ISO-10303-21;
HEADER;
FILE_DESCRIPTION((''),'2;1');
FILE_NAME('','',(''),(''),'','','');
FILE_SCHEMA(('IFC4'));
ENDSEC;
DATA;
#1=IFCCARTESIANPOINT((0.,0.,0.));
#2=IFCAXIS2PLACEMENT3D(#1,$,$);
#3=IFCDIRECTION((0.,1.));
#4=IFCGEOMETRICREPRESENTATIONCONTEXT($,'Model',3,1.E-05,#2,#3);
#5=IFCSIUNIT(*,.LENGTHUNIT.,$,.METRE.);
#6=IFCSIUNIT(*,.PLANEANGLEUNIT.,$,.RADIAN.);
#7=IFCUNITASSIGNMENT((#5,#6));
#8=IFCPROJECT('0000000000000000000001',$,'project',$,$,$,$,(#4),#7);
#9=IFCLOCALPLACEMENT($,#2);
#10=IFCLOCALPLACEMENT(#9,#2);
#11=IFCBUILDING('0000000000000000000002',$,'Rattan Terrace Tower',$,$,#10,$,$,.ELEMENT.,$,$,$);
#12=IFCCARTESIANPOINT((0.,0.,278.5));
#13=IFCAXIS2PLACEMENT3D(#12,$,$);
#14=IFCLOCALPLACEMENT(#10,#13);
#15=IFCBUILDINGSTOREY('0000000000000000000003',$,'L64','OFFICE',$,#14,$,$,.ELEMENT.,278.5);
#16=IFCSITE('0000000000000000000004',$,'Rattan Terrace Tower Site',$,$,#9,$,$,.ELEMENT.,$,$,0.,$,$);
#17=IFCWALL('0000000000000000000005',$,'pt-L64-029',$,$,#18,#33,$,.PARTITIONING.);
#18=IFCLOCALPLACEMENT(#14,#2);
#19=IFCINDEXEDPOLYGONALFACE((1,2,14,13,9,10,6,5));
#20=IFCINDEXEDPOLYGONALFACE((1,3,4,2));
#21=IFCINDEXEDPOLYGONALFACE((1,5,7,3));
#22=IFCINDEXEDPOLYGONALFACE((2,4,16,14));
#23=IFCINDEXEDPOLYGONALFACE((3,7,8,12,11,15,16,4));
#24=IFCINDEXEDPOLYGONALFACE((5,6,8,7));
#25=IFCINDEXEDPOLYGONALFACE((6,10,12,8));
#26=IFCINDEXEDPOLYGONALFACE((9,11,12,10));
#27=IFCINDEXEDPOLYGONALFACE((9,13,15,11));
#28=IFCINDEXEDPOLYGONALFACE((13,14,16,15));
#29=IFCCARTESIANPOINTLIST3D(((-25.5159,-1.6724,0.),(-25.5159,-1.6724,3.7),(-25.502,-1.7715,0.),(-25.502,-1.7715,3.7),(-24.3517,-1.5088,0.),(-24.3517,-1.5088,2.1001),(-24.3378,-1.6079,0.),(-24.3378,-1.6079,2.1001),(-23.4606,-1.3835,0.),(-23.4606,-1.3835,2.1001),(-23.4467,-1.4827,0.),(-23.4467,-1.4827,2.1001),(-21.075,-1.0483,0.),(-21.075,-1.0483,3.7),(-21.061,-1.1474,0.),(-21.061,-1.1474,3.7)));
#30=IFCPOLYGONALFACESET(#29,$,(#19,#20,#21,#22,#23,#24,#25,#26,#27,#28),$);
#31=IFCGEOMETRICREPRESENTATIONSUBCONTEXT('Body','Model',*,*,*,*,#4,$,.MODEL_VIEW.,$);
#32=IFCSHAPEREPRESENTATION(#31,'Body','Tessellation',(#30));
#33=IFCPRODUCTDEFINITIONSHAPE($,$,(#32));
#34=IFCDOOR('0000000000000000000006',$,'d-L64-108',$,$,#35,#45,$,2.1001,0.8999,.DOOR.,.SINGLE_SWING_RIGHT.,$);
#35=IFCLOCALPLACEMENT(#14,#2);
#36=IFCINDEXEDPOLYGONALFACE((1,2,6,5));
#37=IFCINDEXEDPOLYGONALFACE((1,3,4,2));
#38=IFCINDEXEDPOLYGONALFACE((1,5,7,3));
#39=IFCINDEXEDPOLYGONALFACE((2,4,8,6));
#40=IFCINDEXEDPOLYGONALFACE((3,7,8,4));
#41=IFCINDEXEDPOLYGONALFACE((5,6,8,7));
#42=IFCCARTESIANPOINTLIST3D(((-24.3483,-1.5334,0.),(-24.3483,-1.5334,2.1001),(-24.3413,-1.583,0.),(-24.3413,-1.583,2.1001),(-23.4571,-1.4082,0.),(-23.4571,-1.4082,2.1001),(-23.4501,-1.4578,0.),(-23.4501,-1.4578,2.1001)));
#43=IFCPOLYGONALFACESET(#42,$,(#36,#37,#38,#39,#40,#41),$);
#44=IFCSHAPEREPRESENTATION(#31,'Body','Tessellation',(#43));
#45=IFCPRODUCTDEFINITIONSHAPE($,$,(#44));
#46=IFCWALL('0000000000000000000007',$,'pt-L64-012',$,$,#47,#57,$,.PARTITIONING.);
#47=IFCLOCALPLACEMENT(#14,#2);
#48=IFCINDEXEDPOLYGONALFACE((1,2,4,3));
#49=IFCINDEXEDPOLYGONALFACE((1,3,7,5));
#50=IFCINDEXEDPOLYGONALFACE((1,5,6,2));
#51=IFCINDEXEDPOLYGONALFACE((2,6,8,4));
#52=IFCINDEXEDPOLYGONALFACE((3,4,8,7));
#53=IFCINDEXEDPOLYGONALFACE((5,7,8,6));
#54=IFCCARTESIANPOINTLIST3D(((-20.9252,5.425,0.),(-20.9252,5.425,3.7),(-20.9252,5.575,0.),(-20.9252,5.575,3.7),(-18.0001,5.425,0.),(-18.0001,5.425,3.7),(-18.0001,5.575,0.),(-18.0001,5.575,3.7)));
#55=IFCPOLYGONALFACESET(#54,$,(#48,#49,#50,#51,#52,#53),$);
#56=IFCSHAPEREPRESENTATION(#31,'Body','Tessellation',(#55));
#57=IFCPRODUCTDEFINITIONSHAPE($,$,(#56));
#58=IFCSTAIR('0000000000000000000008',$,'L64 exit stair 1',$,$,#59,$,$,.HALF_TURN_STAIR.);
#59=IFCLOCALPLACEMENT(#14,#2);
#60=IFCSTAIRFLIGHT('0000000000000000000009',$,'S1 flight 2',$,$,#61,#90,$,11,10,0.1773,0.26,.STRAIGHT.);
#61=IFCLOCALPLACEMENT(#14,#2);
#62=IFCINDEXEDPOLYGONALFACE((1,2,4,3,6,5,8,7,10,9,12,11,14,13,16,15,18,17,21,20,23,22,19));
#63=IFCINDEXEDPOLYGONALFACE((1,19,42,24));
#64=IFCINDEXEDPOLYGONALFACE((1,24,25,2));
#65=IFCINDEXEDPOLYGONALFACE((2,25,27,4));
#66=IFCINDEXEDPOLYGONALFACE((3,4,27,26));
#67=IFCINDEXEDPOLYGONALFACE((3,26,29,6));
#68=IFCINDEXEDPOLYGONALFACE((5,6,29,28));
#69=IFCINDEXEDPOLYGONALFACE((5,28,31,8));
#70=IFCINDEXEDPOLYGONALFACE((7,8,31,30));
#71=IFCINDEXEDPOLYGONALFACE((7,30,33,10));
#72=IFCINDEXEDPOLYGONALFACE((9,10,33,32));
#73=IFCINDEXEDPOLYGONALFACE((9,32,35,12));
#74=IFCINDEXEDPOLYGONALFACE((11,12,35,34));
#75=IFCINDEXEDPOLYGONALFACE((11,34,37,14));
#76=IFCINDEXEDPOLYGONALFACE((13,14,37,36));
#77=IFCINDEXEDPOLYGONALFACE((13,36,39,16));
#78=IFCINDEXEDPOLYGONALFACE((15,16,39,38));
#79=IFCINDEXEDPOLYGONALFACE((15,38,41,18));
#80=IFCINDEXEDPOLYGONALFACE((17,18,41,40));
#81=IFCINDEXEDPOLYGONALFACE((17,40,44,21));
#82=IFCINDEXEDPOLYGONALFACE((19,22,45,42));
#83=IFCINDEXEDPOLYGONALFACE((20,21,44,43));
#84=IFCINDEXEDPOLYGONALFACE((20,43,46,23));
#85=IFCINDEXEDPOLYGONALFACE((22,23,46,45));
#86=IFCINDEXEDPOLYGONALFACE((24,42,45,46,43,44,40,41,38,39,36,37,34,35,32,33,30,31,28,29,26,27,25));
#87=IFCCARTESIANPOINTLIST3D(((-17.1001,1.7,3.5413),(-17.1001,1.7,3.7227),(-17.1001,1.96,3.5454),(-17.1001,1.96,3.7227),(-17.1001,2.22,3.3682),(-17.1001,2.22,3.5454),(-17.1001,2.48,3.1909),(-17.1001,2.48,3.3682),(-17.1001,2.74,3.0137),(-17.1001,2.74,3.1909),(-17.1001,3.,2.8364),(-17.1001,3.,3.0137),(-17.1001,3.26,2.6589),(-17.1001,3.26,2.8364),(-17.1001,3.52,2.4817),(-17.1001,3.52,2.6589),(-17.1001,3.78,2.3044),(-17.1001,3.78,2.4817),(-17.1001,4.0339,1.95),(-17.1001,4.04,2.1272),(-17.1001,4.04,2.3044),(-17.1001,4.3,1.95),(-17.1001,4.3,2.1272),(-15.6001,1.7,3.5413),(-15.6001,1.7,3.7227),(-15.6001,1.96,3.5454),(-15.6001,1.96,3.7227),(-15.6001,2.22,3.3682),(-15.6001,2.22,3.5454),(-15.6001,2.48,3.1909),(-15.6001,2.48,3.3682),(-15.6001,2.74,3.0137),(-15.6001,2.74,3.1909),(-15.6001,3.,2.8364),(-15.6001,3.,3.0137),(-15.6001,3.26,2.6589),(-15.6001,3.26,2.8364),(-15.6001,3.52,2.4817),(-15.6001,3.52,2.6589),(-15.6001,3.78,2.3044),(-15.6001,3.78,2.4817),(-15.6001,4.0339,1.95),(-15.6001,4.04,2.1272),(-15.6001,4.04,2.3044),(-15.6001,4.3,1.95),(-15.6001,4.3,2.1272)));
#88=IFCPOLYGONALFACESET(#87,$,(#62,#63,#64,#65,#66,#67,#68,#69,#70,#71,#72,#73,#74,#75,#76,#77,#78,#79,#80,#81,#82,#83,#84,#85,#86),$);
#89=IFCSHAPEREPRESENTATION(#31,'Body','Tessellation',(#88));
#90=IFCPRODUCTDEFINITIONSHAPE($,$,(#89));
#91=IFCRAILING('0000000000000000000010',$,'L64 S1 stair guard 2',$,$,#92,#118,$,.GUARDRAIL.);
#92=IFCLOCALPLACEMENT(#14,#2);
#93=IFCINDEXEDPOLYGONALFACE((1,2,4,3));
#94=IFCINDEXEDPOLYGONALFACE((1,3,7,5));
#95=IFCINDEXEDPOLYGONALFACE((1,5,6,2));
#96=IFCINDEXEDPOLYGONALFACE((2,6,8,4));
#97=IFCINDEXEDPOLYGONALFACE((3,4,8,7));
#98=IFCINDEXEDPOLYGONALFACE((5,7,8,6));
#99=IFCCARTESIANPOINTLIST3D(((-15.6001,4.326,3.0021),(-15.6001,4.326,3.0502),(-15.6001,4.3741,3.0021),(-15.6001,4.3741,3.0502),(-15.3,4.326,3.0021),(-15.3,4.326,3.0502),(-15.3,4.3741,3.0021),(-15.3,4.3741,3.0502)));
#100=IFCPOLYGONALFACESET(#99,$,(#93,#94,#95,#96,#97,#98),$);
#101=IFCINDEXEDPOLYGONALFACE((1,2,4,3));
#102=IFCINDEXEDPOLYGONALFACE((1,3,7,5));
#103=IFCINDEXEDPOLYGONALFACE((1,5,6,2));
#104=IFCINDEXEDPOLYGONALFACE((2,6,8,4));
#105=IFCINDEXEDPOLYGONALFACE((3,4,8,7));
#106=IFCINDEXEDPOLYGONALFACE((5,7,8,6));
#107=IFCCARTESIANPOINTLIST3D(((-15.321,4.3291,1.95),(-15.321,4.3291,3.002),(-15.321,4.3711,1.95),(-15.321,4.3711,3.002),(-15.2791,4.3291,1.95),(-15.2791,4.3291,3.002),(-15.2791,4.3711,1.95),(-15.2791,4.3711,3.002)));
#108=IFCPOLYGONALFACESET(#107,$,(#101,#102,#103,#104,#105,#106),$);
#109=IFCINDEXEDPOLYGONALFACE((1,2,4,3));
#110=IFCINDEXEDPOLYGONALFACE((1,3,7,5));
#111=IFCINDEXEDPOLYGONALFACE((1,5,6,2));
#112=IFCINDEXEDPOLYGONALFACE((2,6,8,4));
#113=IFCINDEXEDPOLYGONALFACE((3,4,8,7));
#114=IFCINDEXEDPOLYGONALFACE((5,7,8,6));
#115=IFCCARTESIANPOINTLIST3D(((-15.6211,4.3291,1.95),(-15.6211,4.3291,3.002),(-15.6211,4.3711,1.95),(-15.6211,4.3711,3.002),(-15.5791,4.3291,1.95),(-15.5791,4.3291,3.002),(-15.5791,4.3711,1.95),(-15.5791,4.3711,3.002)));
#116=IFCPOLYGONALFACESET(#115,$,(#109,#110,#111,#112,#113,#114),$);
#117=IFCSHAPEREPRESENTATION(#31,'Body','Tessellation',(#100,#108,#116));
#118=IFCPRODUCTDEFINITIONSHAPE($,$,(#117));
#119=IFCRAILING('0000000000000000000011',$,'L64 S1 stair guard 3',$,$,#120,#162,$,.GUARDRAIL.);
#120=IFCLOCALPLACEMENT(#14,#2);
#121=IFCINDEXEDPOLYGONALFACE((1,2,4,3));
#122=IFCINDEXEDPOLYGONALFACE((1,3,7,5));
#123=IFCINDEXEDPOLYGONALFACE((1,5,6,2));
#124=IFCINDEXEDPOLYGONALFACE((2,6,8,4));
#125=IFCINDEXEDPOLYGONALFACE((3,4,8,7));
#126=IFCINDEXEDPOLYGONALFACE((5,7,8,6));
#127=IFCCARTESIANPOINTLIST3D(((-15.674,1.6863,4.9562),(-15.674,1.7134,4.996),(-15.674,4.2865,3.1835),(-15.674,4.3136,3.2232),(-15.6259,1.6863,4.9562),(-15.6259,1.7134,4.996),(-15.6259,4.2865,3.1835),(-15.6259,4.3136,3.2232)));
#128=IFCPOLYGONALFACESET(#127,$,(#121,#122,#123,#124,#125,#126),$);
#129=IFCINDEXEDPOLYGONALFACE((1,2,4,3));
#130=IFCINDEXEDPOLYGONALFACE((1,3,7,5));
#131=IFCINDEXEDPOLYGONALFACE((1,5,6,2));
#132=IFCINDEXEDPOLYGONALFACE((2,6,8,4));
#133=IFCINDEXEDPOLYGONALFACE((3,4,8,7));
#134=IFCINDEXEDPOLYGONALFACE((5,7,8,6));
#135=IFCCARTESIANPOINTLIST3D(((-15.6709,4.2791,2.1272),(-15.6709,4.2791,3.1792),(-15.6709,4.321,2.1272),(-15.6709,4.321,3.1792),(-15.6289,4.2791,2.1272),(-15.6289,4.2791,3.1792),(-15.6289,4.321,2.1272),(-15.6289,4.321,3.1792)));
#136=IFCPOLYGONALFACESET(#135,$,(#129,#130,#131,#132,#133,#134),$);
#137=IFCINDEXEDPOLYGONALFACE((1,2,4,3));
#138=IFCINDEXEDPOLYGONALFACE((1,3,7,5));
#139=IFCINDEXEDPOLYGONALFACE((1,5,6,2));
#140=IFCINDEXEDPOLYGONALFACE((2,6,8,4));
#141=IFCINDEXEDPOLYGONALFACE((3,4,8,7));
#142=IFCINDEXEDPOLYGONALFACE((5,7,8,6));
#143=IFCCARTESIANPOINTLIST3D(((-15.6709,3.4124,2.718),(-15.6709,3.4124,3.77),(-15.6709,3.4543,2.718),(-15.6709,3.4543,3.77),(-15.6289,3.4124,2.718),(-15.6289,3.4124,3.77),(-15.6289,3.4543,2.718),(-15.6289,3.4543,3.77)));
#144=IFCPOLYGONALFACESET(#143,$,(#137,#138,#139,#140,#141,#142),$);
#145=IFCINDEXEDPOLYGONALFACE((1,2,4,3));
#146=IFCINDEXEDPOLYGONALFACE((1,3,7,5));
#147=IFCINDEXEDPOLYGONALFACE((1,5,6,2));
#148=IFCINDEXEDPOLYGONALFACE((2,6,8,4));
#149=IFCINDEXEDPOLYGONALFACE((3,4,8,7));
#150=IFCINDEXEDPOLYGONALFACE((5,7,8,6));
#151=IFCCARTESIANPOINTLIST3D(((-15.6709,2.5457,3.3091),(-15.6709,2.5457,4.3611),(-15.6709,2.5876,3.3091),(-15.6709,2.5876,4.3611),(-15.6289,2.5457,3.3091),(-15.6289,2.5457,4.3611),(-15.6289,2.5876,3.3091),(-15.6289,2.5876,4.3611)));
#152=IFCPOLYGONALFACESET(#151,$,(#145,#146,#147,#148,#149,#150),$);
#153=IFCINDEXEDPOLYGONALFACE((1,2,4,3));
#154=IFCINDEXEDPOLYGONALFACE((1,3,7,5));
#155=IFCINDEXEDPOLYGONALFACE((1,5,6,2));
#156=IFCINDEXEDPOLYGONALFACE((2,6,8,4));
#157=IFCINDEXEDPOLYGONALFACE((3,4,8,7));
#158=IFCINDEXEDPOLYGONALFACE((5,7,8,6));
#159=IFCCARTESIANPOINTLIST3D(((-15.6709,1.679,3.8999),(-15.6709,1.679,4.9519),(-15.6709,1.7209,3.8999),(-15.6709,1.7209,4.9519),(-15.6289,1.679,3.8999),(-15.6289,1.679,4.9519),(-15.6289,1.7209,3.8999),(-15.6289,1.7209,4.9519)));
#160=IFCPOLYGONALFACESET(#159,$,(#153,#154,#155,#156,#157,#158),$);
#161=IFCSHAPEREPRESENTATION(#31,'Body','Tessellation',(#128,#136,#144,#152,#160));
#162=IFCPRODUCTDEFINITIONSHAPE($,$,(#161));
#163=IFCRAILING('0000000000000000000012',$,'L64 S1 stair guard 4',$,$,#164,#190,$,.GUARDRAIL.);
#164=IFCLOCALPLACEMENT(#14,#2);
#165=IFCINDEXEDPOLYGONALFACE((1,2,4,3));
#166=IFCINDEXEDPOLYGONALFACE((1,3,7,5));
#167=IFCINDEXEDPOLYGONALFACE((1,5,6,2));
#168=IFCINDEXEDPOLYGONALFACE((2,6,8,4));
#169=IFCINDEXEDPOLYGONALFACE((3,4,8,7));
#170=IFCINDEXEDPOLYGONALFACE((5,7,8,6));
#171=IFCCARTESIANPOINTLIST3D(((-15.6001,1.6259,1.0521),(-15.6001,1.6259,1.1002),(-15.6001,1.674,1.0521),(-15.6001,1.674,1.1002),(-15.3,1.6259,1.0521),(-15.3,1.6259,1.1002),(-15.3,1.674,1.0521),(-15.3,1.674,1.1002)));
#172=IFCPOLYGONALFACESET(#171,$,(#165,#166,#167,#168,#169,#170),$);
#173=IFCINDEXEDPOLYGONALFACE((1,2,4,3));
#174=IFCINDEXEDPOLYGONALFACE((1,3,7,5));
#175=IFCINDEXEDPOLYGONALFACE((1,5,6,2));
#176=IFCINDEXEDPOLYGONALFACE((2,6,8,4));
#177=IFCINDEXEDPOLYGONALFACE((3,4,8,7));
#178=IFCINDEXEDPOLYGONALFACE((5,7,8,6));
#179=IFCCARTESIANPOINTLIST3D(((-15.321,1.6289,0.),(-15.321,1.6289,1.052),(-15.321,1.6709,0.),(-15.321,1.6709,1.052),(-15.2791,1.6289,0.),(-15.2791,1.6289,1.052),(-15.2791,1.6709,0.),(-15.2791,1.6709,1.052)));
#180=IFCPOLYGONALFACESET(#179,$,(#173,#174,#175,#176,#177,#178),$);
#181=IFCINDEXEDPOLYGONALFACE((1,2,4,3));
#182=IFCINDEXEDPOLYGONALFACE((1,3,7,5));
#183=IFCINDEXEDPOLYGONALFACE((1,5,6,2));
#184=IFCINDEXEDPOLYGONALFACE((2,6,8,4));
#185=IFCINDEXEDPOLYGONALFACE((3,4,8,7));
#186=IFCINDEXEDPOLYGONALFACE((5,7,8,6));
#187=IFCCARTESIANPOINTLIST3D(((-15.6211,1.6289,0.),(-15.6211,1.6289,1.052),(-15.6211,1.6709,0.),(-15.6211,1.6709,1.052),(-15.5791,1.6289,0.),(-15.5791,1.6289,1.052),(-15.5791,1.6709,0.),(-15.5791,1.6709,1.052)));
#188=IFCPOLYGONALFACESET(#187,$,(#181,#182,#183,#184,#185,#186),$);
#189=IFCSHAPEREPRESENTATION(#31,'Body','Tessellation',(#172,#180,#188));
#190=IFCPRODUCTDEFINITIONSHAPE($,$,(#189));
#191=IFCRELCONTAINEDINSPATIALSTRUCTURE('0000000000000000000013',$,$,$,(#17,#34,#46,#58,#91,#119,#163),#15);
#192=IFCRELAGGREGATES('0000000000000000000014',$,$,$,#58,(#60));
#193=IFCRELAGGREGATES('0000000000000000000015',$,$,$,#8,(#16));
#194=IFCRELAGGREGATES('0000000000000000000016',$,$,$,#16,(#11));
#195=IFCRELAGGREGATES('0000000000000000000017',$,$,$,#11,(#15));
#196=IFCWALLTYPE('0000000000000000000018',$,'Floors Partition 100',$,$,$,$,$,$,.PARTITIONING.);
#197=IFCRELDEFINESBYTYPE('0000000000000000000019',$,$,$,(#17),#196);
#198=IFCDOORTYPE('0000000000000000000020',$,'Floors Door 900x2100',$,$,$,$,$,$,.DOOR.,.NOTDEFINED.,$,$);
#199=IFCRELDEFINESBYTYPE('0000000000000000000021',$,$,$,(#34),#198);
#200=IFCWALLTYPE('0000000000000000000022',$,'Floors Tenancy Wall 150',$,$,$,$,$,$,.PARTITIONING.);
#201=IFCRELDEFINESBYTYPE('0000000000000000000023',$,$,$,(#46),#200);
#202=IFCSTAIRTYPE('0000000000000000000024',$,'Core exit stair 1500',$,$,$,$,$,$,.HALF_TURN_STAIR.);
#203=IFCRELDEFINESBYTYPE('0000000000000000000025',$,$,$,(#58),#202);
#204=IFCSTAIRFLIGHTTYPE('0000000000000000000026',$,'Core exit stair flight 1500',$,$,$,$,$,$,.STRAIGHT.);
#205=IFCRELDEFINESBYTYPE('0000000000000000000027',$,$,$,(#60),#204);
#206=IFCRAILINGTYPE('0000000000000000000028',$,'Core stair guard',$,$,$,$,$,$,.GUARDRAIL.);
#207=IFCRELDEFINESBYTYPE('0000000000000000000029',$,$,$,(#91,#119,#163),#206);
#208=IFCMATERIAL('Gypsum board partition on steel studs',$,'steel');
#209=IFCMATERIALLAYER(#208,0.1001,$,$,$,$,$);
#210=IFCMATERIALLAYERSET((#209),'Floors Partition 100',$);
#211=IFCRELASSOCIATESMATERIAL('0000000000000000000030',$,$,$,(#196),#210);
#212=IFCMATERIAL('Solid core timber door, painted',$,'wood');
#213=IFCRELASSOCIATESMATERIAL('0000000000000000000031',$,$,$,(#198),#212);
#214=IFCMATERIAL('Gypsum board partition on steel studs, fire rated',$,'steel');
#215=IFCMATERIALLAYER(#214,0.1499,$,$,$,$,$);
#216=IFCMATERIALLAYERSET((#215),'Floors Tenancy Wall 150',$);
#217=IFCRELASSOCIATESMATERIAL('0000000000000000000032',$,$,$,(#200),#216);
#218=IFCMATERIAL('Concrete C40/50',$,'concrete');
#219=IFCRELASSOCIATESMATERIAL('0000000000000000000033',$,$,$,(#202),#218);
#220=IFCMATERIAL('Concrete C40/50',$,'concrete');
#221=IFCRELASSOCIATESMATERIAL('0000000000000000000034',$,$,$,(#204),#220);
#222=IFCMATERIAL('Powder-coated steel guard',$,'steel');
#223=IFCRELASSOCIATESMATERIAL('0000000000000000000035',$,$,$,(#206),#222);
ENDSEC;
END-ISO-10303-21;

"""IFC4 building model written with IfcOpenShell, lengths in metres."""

from ifc_helpers import new_model, si_unit, direction, frame, frame_2d, origin, origin_2d, place, context, subcontext, project, spatial, polyline, rectangle, outline, extrude, material, layer, layer_set, type_object, element, fill, aggregate, save


model = new_model("IFC4")

# Units and contexts
model_context = context("Model", 3, precision=1e-05, world=origin(), true_north=direction((0.0, 1.0)))
body_context = subcontext(model_context, "Body", "Model", "MODEL_VIEW")
ifc_project = project(units=[si_unit("LENGTHUNIT", "METRE"), si_unit("PLANEANGLEUNIT", "RADIAN")], contexts=[model_context])

# Site, building, storey
site_placement = place(None, origin())
site = spatial("IfcSite", under=ifc_project, at=site_placement, Name="Rattan Terrace Tower Site", CompositionType="ELEMENT", RefElevation=0.0)
building_placement = place(site_placement, origin())
building = spatial("IfcBuilding", under=site, at=building_placement, Name="Rattan Terrace Tower", CompositionType="ELEMENT")
storey_placement = place(building_placement, frame((0.0, 0.0, 278.5)))
storey = spatial("IfcBuildingStorey", under=building, at=storey_placement, Name="L64", Description="OFFICE", CompositionType="ELEMENT", Elevation=278.5)

# Wall, opening, door
ifc_material_1 = material(Name="Gypsum board partition on steel studs", Category="steel")
ifc_layer_1 = layer(ifc_material_1, 0.1001)
ifc_layer_set_1 = layer_set([ifc_layer_1], Name="Floors Partition 100")
wall_type_1 = type_object("IfcWallType", Name="Floors Partition 100", PredefinedType="PARTITIONING", material=ifc_layer_set_1)
wall_1_placement = place(storey_placement, frame((-21.0681, -1.0979, 0.0), z_axis=(0.0, 0.0, 1.0), x_axis=(-0.990271, -0.13915, 0.0)))
wall_1 = element("IfcWall", 1, at=wall_1_placement, inside=storey, type_object=wall_type_1, Name="pt-L64-029", PredefinedType="PARTITIONING", context=body_context, shape_type="SweptSolid", body=[
    extrude(rectangle(XDim=4.4846, YDim=0.1001, at=frame_2d((2.2422, 0.0))), origin(), (0.0, 0.0, 1.0), 3.7),
])
opening_1_placement = place(wall_1_placement, frame((2.4089, 0.0, 0.0)))
opening_1 = element("IfcOpeningElement", 2, at=opening_1_placement, cuts=wall_1, PredefinedType="OPENING", context=body_context, shape_type="SweptSolid", body=[
    extrude(rectangle(XDim=0.8999, YDim=2.1001, at=frame_2d((0.45, 1.05))), frame((0.0, 0.0605, 0.0), z_axis=(0.0, -1.0, 0.0), x_axis=(1.0, 0.0, 0.0)), (0.0, 0.0, 1.0), 0.1211),
])
ifc_material_2 = material(Name="Solid core timber door, painted", Category="wood")
door_type_1 = type_object("IfcDoorType", Name="Floors Door 900x2100", OperationType="NOTDEFINED", PredefinedType="DOOR", material=ifc_material_2)
door_1_placement = place(opening_1_placement, origin())
door_1 = element("IfcDoor", 3, at=door_1_placement, inside=storey, type_object=door_type_1, Name="d-L64-108", OperationType="SINGLE_SWING_RIGHT", OverallHeight=2.1001, OverallWidth=0.8999, PredefinedType="DOOR", context=body_context, shape_type="SweptSolid", body=[
    extrude(rectangle(XDim=0.8999, YDim=2.1001, at=frame_2d((0.45, 1.05))), frame((0.0, 0.0249, 0.0), z_axis=(0.0, -1.0, 0.0), x_axis=(1.0, 0.0, 0.0)), (0.0, 0.0, 1.0), 0.05),
])
fill(opening_1, door_1)

# Wall
ifc_material_3 = material(Name="Gypsum board partition on steel studs, fire rated", Category="steel")
ifc_layer_2 = layer(ifc_material_3, 0.1499)
ifc_layer_set_2 = layer_set([ifc_layer_2], Name="Floors Tenancy Wall 150")
wall_type_2 = type_object("IfcWallType", Name="Floors Tenancy Wall 150", PredefinedType="PARTITIONING", material=ifc_layer_set_2)
wall_2_placement = place(storey_placement, frame((-20.925, 5.5, 0.0), z_axis=(0.0, 0.0, 1.0), x_axis=(1.0, 0.0, 0.0)))
element("IfcWall", 4, at=wall_2_placement, inside=storey, type_object=wall_type_2, Name="pt-L64-012", PredefinedType="PARTITIONING", context=body_context, shape_type="SweptSolid", body=[
    extrude(rectangle(XDim=2.925, YDim=0.1499, at=frame_2d((1.4624, 0.0))), origin(), (0.0, 0.0, 1.0), 3.7),
])

# Stair, stair flight
ifc_material_4 = material(Name="Concrete C40/50", Category="concrete")
stair_type = type_object("IfcStairType", Name="Core exit stair 1500", PredefinedType="HALF_TURN_STAIR", material=ifc_material_4)
stair_placement = place(storey_placement, origin())
stair = element("IfcStair", 5, at=stair_placement, inside=storey, type_object=stair_type, Name="L64 exit stair 1", PredefinedType="HALF_TURN_STAIR")
ifc_material_5 = material(Name="Concrete C40/50", Category="concrete")
stair_flight_type = type_object("IfcStairFlightType", Name="Core exit stair flight 1500", PredefinedType="STRAIGHT", material=ifc_material_5)
stair_flight_placement = place(storey_placement, frame((-16.3501, 4.3, 1.95), z_axis=(0.0, 0.0, 1.0), x_axis=(0.0, -1.0, 0.0)))
stair_flight = element("IfcStairFlight", 6, at=stair_flight_placement, type_object=stair_flight_type, Name="S1 flight 2", NumberOfRisers=11, NumberOfTreads=10, PredefinedType="STRAIGHT", RiserHeight=0.1773, TreadLength=0.26, context=body_context, shape_type="SweptSolid", body=[
    extrude(outline(polyline([(0.0, 0.0), (0.0, 0.1772), (0.26, 0.1772), (0.26, 0.3545), (0.52, 0.3545), (0.52, 0.5317), (0.78, 0.5317), (0.78, 0.709), (1.04, 0.709), (1.04, 0.8865), (1.3, 0.8865), (1.3, 1.0637), (1.5601, 1.0637), (1.5601, 1.241), (1.8201, 1.241), (1.8201, 1.4182), (2.0801, 1.4182), (2.0801, 1.5955), (2.3401, 1.5955), (2.3401, 1.7727), (2.6001, 1.7727), (2.6001, 1.95), (2.6001, 1.5913), (0.2661, 0.0), (0.0, 0.0)])), frame((0.0, 0.75, 0.0), z_axis=(0.0, -1.0, 0.0), x_axis=(1.0, 0.0, 0.0)), (0.0, 0.0, 1.0), 1.5),
])
aggregate(stair, [stair_flight])

# Railings
ifc_material_6 = material(Name="Powder-coated steel guard", Category="steel")
railing_type_1 = type_object("IfcRailingType", Name="Core stair guard", PredefinedType="GUARDRAIL", material=ifc_material_6)
railing_1_placement = place(storey_placement, frame((-15.3, 4.3501, 1.95)))
element("IfcRailing", 7, at=railing_1_placement, inside=storey, type_object=railing_type_1, Name="L64 S1 stair guard 2", PredefinedType="GUARDRAIL", context=body_context, shape_type="SweptSolid", body=[
    extrude(rectangle(XDim=0.0481, YDim=0.0481, at=origin_2d()), frame((0.0, 0.0, 1.0762), z_axis=(-1.0, 0.0, 0.0), x_axis=(0.0, -1.0, 0.0)), (0.0, 0.0, 1.0), 0.3),
    extrude(rectangle(XDim=0.042, YDim=0.042, at=origin_2d()), origin(), (0.0, 0.0, 1.0), 1.052),
    extrude(rectangle(XDim=0.042, YDim=0.042, at=origin_2d()), frame((-0.3, 0.0, 0.0)), (0.0, 0.0, 1.0), 1.052),
])
railing_2_placement = place(storey_placement, frame((-15.6499, 4.3, 2.1272)))
element("IfcRailing", 8, at=railing_2_placement, inside=storey, type_object=railing_type_1, Name="L64 S1 stair guard 3", PredefinedType="GUARDRAIL", context=body_context, shape_type="SweptSolid", body=[
    extrude(rectangle(XDim=0.0481, YDim=0.0481, at=origin_2d()), frame((0.0, 0.0, 1.0762), z_axis=(0.0, -0.82624, 0.563318), x_axis=(1.0, 0.0, 0.0)), (0.0, 0.0, 1.0), 3.147),
    extrude(rectangle(XDim=0.042, YDim=0.042, at=origin_2d()), origin(), (0.0, 0.0, 1.0), 1.052),
    extrude(rectangle(XDim=0.042, YDim=0.042, at=origin_2d()), frame((0.0, -0.8667, 0.5908)), (0.0, 0.0, 1.0), 1.052),
    extrude(rectangle(XDim=0.042, YDim=0.042, at=origin_2d()), frame((0.0, -1.7334, 1.1819)), (0.0, 0.0, 1.0), 1.052),
    extrude(rectangle(XDim=0.042, YDim=0.042, at=origin_2d()), frame((0.0, -2.6001, 1.7727)), (0.0, 0.0, 1.0), 1.052),
])
railing_3_placement = place(storey_placement, frame((-15.3, 1.6499, 0.0)))
element("IfcRailing", 9, at=railing_3_placement, inside=storey, type_object=railing_type_1, Name="L64 S1 stair guard 4", PredefinedType="GUARDRAIL", context=body_context, shape_type="SweptSolid", body=[
    extrude(rectangle(XDim=0.0481, YDim=0.0481, at=origin_2d()), frame((0.0, 0.0, 1.0762), z_axis=(-1.0, 0.0, 0.0), x_axis=(0.0, -1.0, 0.0)), (0.0, 0.0, 1.0), 0.3),
    extrude(rectangle(XDim=0.042, YDim=0.042, at=origin_2d()), origin(), (0.0, 0.0, 1.0), 1.052),
    extrude(rectangle(XDim=0.042, YDim=0.042, at=origin_2d()), frame((-0.3, 0.0, 0.0)), (0.0, 0.0, 1.0), 1.052),
])

save(model, "model.ifc")
